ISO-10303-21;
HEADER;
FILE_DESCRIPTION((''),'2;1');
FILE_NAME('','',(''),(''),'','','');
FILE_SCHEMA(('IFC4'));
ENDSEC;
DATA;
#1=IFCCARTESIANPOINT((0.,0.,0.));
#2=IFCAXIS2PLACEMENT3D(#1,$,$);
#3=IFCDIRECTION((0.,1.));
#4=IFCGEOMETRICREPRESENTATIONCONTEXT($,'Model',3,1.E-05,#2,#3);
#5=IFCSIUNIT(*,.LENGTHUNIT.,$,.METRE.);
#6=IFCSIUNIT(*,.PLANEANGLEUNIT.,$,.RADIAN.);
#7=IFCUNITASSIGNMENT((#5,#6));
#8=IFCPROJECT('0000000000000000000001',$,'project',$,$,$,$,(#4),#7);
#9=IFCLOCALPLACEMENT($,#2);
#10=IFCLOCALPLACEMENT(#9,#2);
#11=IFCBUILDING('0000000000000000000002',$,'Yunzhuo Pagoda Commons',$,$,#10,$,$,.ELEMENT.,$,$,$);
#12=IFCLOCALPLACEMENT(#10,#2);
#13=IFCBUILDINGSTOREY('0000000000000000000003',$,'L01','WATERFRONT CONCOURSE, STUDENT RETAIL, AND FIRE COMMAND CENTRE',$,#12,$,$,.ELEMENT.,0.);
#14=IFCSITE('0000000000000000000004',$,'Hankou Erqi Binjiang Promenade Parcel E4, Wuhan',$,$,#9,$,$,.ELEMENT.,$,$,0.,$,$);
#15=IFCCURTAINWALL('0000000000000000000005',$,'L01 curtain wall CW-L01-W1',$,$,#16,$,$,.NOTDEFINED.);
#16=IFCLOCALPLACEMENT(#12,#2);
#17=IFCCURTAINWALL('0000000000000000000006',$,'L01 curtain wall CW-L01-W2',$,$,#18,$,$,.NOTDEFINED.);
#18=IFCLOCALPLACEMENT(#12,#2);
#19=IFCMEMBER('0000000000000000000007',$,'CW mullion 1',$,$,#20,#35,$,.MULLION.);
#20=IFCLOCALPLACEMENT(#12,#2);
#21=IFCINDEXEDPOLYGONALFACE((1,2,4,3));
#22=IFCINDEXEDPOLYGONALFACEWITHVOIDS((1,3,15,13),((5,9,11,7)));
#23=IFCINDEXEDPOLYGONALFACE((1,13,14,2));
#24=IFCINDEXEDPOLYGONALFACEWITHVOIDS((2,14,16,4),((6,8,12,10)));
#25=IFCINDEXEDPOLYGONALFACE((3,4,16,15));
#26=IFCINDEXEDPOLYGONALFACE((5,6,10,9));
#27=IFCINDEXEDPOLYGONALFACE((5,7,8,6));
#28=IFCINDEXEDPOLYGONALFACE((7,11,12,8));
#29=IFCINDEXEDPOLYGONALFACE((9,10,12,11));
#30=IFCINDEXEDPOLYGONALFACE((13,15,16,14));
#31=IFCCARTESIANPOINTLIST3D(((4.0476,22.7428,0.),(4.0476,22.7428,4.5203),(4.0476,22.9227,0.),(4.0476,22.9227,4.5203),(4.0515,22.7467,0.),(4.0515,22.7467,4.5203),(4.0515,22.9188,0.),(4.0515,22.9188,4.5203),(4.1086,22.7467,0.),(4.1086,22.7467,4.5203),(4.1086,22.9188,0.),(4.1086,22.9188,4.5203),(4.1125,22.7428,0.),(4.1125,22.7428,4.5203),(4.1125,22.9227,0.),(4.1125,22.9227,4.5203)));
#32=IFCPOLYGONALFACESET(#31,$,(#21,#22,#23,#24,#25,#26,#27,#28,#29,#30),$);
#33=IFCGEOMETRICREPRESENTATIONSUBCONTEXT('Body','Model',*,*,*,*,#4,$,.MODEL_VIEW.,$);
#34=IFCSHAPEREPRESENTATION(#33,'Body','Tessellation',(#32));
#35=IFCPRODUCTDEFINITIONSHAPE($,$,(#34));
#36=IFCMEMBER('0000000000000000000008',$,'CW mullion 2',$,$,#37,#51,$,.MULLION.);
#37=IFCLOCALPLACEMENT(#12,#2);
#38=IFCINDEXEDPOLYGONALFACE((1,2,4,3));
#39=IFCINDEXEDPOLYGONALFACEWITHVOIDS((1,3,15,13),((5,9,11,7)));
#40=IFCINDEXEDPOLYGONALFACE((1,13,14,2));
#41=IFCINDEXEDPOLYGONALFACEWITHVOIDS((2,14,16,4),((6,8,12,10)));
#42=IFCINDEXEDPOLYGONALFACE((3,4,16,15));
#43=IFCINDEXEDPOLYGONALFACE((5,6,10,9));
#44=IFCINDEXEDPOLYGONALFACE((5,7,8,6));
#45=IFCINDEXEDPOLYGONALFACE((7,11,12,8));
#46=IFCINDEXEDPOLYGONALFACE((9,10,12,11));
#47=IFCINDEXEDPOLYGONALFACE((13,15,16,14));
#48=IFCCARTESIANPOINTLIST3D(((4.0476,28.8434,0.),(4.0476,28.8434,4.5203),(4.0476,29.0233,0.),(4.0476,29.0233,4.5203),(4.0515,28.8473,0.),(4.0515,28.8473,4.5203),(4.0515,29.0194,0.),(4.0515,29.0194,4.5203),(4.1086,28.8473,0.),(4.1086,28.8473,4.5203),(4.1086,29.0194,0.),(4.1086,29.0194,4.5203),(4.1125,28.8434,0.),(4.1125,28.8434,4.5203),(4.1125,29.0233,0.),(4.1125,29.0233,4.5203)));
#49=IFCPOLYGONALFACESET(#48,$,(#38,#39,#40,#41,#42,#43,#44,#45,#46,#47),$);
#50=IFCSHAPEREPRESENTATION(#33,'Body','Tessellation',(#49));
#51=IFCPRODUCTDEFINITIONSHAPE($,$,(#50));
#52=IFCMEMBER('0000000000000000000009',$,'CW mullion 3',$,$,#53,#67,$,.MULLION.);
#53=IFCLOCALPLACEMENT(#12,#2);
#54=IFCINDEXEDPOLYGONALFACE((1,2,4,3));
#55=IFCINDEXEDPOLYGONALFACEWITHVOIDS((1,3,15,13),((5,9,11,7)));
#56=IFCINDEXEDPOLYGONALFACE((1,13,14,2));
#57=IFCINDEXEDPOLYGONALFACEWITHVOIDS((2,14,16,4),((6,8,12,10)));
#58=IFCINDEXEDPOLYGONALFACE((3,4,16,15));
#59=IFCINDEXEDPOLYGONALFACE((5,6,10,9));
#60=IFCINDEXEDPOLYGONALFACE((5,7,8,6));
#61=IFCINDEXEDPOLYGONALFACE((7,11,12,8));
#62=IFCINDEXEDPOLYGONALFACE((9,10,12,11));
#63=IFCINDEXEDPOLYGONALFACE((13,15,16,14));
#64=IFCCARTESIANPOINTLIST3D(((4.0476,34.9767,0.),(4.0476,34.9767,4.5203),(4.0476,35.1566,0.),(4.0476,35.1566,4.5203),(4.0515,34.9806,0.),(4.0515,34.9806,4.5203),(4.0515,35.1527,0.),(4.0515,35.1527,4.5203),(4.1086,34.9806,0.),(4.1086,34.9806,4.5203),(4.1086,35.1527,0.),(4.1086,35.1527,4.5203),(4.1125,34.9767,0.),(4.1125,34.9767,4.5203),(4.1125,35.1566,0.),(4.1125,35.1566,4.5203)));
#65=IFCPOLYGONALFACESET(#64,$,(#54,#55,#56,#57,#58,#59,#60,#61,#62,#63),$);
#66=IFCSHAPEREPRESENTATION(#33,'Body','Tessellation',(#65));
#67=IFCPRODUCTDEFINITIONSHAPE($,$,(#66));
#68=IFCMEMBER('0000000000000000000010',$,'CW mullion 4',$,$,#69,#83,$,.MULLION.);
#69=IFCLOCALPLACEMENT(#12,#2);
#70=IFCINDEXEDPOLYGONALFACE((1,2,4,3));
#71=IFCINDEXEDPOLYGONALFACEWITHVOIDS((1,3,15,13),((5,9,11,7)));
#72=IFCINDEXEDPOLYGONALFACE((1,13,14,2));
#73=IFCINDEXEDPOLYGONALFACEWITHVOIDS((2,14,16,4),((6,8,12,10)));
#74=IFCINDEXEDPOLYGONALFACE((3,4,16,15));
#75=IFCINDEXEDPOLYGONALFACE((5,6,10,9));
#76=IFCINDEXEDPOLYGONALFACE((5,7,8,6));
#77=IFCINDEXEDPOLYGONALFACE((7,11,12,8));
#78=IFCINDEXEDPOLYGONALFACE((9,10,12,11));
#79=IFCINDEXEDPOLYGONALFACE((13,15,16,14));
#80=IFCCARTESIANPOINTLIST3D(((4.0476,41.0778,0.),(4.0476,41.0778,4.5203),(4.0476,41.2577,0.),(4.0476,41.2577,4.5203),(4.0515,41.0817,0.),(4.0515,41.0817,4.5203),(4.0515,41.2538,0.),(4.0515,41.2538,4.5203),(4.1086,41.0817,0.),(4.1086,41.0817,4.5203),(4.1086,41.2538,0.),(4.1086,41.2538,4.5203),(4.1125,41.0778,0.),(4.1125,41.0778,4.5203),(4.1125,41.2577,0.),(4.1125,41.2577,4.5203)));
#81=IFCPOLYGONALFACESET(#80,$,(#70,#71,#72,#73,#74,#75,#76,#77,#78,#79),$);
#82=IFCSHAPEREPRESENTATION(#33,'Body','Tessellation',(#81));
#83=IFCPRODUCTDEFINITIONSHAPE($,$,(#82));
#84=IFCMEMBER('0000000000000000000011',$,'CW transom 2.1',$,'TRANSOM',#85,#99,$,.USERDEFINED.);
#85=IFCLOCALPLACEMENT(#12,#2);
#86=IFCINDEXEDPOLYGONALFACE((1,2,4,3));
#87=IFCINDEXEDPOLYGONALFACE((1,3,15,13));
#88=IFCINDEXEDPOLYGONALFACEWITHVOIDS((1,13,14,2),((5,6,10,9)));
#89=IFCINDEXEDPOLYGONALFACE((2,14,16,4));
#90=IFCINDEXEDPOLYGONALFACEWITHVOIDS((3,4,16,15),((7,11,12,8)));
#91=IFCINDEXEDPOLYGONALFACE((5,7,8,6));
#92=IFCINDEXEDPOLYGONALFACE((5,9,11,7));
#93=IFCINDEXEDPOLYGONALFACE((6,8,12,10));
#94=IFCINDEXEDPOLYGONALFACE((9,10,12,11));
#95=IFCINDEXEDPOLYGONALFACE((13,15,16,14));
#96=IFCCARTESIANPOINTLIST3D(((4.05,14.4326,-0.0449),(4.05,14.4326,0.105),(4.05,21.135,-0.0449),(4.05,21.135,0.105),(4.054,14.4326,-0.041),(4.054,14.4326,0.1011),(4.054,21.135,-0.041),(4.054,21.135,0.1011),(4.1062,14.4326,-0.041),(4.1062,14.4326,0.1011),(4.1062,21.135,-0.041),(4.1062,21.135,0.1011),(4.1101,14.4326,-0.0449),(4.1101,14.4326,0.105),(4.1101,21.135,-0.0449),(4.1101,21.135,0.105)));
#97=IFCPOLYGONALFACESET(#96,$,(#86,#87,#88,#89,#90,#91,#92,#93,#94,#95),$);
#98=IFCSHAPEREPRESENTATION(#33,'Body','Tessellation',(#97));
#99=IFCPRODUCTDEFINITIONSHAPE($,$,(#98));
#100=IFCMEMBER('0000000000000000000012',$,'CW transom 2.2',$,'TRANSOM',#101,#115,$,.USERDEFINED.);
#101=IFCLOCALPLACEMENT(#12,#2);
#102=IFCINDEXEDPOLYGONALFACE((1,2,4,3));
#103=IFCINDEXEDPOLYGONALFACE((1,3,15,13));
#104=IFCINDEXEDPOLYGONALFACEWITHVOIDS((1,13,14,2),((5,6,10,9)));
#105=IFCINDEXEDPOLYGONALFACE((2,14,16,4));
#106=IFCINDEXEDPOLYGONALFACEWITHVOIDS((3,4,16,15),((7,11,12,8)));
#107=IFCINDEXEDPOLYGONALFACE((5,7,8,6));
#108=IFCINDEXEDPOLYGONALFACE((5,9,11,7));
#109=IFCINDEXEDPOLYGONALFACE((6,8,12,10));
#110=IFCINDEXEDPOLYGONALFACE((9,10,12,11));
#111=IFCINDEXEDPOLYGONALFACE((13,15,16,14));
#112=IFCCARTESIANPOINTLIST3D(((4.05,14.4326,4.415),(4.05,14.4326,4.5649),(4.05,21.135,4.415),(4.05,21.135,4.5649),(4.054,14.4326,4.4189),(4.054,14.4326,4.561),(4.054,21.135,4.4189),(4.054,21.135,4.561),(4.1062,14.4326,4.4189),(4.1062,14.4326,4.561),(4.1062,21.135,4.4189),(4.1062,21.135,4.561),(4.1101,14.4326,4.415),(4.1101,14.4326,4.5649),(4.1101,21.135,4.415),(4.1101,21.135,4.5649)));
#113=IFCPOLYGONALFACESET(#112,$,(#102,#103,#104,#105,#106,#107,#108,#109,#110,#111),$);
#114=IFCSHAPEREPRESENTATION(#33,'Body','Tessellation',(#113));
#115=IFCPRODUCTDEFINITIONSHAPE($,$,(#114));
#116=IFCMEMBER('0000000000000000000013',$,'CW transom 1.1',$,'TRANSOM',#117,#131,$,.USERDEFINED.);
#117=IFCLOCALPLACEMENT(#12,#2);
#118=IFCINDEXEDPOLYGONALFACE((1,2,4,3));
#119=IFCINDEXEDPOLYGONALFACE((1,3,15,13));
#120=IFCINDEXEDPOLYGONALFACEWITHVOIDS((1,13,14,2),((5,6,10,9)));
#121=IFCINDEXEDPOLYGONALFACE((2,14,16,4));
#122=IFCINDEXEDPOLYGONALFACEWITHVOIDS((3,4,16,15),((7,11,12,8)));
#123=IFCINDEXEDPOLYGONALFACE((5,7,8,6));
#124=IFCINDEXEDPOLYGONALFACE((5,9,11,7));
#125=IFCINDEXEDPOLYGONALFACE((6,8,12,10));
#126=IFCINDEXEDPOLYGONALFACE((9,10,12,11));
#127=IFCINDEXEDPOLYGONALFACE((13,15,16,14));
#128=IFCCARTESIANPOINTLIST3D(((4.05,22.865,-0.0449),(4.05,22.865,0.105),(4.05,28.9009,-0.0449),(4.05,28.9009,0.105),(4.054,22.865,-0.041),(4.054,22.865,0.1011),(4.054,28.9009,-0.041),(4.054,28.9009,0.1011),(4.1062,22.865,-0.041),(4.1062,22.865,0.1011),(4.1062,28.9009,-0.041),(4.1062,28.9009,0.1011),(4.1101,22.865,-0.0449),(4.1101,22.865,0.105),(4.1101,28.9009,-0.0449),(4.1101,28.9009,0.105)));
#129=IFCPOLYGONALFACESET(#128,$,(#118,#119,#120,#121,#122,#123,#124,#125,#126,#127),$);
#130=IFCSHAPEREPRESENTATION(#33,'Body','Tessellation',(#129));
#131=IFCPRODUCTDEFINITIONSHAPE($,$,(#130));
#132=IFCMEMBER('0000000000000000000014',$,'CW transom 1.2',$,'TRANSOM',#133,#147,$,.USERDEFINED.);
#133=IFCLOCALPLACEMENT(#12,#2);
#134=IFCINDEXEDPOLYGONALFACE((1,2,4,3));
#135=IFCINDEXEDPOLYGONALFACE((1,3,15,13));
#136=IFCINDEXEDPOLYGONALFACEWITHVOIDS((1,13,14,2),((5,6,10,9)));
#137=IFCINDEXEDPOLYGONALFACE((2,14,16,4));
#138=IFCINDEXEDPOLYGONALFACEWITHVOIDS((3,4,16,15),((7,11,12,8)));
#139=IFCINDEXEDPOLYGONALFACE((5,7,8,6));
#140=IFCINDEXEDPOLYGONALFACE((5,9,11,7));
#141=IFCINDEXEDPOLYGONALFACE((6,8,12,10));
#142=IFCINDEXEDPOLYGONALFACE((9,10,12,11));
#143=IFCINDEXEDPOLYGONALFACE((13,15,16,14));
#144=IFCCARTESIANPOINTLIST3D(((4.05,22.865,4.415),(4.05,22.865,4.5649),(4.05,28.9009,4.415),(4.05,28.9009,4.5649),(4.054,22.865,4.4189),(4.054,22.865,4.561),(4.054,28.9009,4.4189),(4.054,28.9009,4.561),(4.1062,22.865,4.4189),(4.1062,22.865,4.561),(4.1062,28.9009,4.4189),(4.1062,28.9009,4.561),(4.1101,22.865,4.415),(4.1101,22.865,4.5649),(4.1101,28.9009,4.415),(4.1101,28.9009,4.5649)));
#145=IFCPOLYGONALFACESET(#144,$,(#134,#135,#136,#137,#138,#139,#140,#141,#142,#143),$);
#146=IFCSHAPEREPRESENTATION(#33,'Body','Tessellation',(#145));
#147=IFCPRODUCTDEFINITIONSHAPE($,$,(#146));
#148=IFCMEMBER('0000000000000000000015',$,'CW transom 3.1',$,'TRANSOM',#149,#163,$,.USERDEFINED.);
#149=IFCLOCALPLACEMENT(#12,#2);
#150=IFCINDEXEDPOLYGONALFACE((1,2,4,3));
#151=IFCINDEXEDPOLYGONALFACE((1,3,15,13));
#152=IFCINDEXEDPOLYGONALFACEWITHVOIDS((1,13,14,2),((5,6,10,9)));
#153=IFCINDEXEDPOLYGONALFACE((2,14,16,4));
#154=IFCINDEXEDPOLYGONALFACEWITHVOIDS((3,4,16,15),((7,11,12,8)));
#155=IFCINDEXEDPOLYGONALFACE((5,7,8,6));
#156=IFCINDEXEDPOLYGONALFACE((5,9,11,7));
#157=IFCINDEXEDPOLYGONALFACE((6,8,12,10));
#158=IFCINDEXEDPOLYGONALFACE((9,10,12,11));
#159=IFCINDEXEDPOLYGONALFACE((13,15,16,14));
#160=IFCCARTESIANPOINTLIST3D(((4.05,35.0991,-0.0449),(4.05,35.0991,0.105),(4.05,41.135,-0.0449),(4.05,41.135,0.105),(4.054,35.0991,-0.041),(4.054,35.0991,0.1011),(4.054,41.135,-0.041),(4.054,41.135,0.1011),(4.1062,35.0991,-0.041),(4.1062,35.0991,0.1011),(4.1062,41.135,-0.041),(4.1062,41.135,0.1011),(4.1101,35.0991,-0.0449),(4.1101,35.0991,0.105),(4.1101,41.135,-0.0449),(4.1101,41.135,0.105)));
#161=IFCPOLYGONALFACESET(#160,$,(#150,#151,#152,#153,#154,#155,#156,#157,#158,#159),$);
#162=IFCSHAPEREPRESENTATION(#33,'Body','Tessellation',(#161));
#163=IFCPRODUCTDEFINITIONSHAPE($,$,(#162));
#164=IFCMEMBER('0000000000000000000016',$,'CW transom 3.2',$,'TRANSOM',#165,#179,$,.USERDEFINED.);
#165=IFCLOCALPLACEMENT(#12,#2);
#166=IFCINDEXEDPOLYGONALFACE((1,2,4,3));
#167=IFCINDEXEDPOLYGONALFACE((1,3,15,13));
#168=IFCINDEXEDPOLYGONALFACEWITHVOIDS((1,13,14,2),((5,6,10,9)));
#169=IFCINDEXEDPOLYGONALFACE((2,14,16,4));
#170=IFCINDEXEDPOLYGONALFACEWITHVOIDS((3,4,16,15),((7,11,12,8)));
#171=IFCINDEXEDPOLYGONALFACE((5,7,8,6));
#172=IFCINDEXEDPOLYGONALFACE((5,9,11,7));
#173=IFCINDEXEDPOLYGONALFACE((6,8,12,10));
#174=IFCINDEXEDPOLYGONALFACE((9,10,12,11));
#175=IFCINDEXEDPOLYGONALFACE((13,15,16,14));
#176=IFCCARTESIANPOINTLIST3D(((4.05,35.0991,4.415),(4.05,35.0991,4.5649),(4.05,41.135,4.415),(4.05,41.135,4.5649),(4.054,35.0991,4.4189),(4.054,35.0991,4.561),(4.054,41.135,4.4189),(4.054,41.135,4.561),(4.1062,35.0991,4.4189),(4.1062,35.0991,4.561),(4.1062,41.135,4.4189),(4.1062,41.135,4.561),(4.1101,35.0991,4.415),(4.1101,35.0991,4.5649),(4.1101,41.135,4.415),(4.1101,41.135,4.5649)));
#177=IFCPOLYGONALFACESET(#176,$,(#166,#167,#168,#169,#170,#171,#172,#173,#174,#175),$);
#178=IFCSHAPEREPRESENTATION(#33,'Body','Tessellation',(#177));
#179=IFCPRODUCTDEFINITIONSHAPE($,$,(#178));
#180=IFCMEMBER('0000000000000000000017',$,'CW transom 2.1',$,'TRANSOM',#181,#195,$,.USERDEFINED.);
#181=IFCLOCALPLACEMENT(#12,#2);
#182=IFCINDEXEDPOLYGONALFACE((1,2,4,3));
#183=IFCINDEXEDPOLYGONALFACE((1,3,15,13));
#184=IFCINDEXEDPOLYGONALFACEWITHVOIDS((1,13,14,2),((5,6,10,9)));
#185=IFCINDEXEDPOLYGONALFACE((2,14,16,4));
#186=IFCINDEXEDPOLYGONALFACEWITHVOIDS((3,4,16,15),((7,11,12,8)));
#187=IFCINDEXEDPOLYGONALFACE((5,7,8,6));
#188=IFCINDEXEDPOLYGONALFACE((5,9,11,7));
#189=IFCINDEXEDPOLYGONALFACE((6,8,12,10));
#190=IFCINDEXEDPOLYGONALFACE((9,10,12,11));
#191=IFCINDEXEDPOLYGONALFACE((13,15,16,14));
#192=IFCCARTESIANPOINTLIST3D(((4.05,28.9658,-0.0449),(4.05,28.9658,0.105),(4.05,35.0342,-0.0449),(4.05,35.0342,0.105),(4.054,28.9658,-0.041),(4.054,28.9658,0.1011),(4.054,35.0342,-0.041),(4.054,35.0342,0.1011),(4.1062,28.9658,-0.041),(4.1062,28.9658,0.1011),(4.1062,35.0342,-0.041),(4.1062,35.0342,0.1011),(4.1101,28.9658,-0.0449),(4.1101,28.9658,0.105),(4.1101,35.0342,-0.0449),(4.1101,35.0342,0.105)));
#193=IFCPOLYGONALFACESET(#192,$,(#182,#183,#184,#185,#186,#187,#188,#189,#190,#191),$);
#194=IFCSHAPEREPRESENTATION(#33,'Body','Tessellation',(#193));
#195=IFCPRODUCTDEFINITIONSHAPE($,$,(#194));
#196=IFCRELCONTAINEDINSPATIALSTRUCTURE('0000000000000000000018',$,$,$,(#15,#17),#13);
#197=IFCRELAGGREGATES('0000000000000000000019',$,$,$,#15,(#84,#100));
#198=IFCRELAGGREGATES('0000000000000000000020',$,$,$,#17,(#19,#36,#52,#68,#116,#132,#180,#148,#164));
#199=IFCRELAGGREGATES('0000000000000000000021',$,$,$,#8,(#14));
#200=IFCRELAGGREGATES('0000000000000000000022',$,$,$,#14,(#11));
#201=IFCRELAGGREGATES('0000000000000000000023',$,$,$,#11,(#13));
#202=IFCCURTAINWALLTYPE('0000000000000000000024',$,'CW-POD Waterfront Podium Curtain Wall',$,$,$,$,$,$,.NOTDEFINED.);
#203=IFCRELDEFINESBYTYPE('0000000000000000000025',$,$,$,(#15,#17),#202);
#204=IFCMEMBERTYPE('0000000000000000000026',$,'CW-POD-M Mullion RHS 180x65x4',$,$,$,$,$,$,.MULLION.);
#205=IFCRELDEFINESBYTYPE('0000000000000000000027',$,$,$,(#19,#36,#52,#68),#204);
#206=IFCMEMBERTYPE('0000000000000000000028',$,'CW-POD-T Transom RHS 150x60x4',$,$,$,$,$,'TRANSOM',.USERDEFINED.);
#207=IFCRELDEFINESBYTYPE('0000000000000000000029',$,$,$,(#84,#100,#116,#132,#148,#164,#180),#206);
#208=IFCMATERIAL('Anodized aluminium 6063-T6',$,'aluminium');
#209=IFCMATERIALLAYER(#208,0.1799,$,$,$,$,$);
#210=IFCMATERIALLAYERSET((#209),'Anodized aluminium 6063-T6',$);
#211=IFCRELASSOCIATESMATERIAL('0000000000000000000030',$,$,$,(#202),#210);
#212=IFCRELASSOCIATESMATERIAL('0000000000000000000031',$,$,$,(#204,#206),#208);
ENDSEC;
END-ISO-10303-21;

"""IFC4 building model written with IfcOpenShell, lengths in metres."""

from ifc_helpers import new_model, si_unit, direction, frame, origin, origin_2d, place, context, subcontext, project, spatial, hollow_rectangle, extrude, source, transform, mapped, material, layer, layer_set, material_profile, profile_set, type_object, element, aggregate, save


model = new_model("IFC4")

# Units and contexts
model_context = context("Model", 3, precision=1e-05, world=origin(), true_north=direction((0.0, 1.0)))
body_context = subcontext(model_context, "Body", "Model", "MODEL_VIEW")
ifc_project = project(units=[si_unit("LENGTHUNIT", "METRE"), si_unit("PLANEANGLEUNIT", "RADIAN")], contexts=[model_context])

# Site, building, storey
site_placement = place(None, origin())
site = spatial("IfcSite", under=ifc_project, at=site_placement, Name="Hankou Erqi Binjiang Promenade Parcel E4, Wuhan", CompositionType="ELEMENT", RefElevation=0.0)
building_placement = place(site_placement, origin())
building = spatial("IfcBuilding", under=site, at=building_placement, Name="Yunzhuo Pagoda Commons", CompositionType="ELEMENT")
storey_placement = place(building_placement, origin())
storey = spatial("IfcBuildingStorey", under=building, at=storey_placement, Name="L01", Description="WATERFRONT CONCOURSE, STUDENT RETAIL, AND FIRE COMMAND CENTRE", CompositionType="ELEMENT", Elevation=0.0)

# Curtain walls, members
ifc_material_1 = material(Name="Anodized aluminium 6063-T6", Category="aluminium")
ifc_layer_1 = layer(ifc_material_1, 0.1799)
ifc_layer_set_1 = layer_set([ifc_layer_1], Name="Anodized aluminium 6063-T6")
curtain_wall_type = type_object("IfcCurtainWallType", Name="CW-POD Waterfront Podium Curtain Wall", PredefinedType="NOTDEFINED", material=ifc_layer_set_1)
curtain_wall_1_placement = place(storey_placement, origin())
curtain_wall_1 = element("IfcCurtainWall", 1, at=curtain_wall_1_placement, inside=storey, type_object=curtain_wall_type, Name="L01 curtain wall CW-L01-W1", PredefinedType="NOTDEFINED")
ifc_material_profile_1 = material_profile(ifc_material_1, hollow_rectangle(XDim=0.0649, YDim=0.1799, WallThickness=0.0039, at=origin_2d()), Name="Anodized aluminium 6063-T6")
ifc_profile_set_1 = profile_set([ifc_material_profile_1], Name="Anodized aluminium 6063-T6")
member_type_1 = type_object("IfcMemberType", Name="CW-POD-M Mullion RHS 180x65x4", PredefinedType="MULLION", material=ifc_profile_set_1)
shared_shape_1 = source(origin(), body_context, "Body", "SweptSolid", [
    extrude(hollow_rectangle(XDim=0.0649, YDim=0.1799, WallThickness=0.0039, at=origin_2d()), origin(), (0.0, 0.0, 1.0), 4.5203),
])
curtain_wall_2_placement = place(storey_placement, origin())
curtain_wall_2 = element("IfcCurtainWall", 2, at=curtain_wall_2_placement, inside=storey, type_object=curtain_wall_type, Name="L01 curtain wall CW-L01-W2", PredefinedType="NOTDEFINED")
member_1_placement = place(storey_placement, frame((4.0801, 22.8328, 0.0), z_axis=(0.0, 0.0, 1.0), x_axis=(-1.0, 0.0, 0.0)))
member_1 = element("IfcMember", 3, at=member_1_placement, type_object=member_type_1, Name="CW mullion 1", PredefinedType="MULLION", context=body_context, shape_type="MappedRepresentation", body=[
    mapped(shared_shape_1, transform((0.0, 0.0, 0.0), scale=1.0)),
])
member_2_placement = place(storey_placement, frame((4.0801, 28.9333, 0.0), z_axis=(0.0, 0.0, 1.0), x_axis=(-1.0, 0.0, 0.0)))
member_2 = element("IfcMember", 4, at=member_2_placement, type_object=member_type_1, Name="CW mullion 2", PredefinedType="MULLION", context=body_context, shape_type="MappedRepresentation", body=[
    mapped(shared_shape_1, transform((0.0, 0.0, 0.0), scale=1.0)),
])
member_3_placement = place(storey_placement, frame((4.0801, 35.0667, 0.0), z_axis=(0.0, 0.0, 1.0), x_axis=(-1.0, 0.0, 0.0)))
member_3 = element("IfcMember", 5, at=member_3_placement, type_object=member_type_1, Name="CW mullion 3", PredefinedType="MULLION", context=body_context, shape_type="MappedRepresentation", body=[
    mapped(shared_shape_1, transform((0.0, 0.0, 0.0), scale=1.0)),
])
member_4_placement = place(storey_placement, frame((4.0801, 41.1677, 0.0), z_axis=(0.0, 0.0, 1.0), x_axis=(-1.0, 0.0, 0.0)))
member_4 = element("IfcMember", 6, at=member_4_placement, type_object=member_type_1, Name="CW mullion 4", PredefinedType="MULLION", context=body_context, shape_type="MappedRepresentation", body=[
    mapped(shared_shape_1, transform((0.0, 0.0, 0.0), scale=1.0)),
])

# Members
ifc_material_profile_2 = material_profile(ifc_material_1, hollow_rectangle(XDim=0.0601, YDim=0.1499, WallThickness=0.0039, at=origin_2d()), Name="Anodized aluminium 6063-T6")
ifc_profile_set_2 = profile_set([ifc_material_profile_2], Name="Anodized aluminium 6063-T6")
member_type_2 = type_object("IfcMemberType", Name="CW-POD-T Transom RHS 150x60x4", ElementType="TRANSOM", PredefinedType="USERDEFINED", material=ifc_profile_set_2)
shared_shape_2 = source(origin(), body_context, "Body", "SweptSolid", [
    extrude(hollow_rectangle(XDim=0.0601, YDim=0.1499, WallThickness=0.0039, at=origin_2d()), origin(), (0.0, 0.0, 1.0), 6.7024),
])
member_5_placement = place(storey_placement, frame((4.0801, 14.4326, 0.03), z_axis=(0.0, 1.0, 0.0), x_axis=(-1.0, 0.0, 0.0)))
member_5 = element("IfcMember", 7, at=member_5_placement, type_object=member_type_2, Name="CW transom 2.1", ObjectType="TRANSOM", PredefinedType="USERDEFINED", context=body_context, shape_type="MappedRepresentation", body=[
    mapped(shared_shape_2, transform((0.0, 0.0, 0.0), scale=1.0)),
])
member_6_placement = place(storey_placement, frame((4.0801, 14.4326, 4.49), z_axis=(0.0, 1.0, 0.0), x_axis=(-1.0, 0.0, 0.0)))
member_6 = element("IfcMember", 8, at=member_6_placement, type_object=member_type_2, Name="CW transom 2.2", ObjectType="TRANSOM", PredefinedType="USERDEFINED", context=body_context, shape_type="MappedRepresentation", body=[
    mapped(shared_shape_2, transform((0.0, 0.0, 0.0), scale=1.0)),
])
shared_shape_3 = source(origin(), body_context, "Body", "SweptSolid", [
    extrude(hollow_rectangle(XDim=0.0601, YDim=0.1499, WallThickness=0.0039, at=origin_2d()), origin(), (0.0, 0.0, 1.0), 6.0359),
])
member_7_placement = place(storey_placement, frame((4.0801, 22.865, 0.03), z_axis=(0.0, 1.0, 0.0), x_axis=(-1.0, 0.0, 0.0)))
member_7 = element("IfcMember", 9, at=member_7_placement, type_object=member_type_2, Name="CW transom 1.1", ObjectType="TRANSOM", PredefinedType="USERDEFINED", context=body_context, shape_type="MappedRepresentation", body=[
    mapped(shared_shape_3, transform((0.0, 0.0, 0.0), scale=1.0)),
])
member_8_placement = place(storey_placement, frame((4.0801, 22.865, 4.49), z_axis=(0.0, 1.0, 0.0), x_axis=(-1.0, 0.0, 0.0)))
member_8 = element("IfcMember", 10, at=member_8_placement, type_object=member_type_2, Name="CW transom 1.2", ObjectType="TRANSOM", PredefinedType="USERDEFINED", context=body_context, shape_type="MappedRepresentation", body=[
    mapped(shared_shape_3, transform((0.0, 0.0, 0.0), scale=1.0)),
])
member_9_placement = place(storey_placement, frame((4.0801, 35.0991, 0.03), z_axis=(0.0, 1.0, 0.0), x_axis=(-1.0, 0.0, 0.0)))
member_9 = element("IfcMember", 11, at=member_9_placement, type_object=member_type_2, Name="CW transom 3.1", ObjectType="TRANSOM", PredefinedType="USERDEFINED", context=body_context, shape_type="MappedRepresentation", body=[
    mapped(shared_shape_3, transform((0.0, 0.0, 0.0), scale=1.0)),
])
member_10_placement = place(storey_placement, frame((4.0801, 35.0991, 4.49), z_axis=(0.0, 1.0, 0.0), x_axis=(-1.0, 0.0, 0.0)))
member_10 = element("IfcMember", 12, at=member_10_placement, type_object=member_type_2, Name="CW transom 3.2", ObjectType="TRANSOM", PredefinedType="USERDEFINED", context=body_context, shape_type="MappedRepresentation", body=[
    mapped(shared_shape_3, transform((0.0, 0.0, 0.0), scale=1.0)),
])
shared_shape_4 = source(origin(), body_context, "Body", "SweptSolid", [
    extrude(hollow_rectangle(XDim=0.0601, YDim=0.1499, WallThickness=0.0039, at=origin_2d()), origin(), (0.0, 0.0, 1.0), 6.0684),
])
member_11_placement = place(storey_placement, frame((4.0801, 28.9658, 0.03), z_axis=(0.0, 1.0, 0.0), x_axis=(-1.0, 0.0, 0.0)))
member_11 = element("IfcMember", 13, at=member_11_placement, type_object=member_type_2, Name="CW transom 2.1", ObjectType="TRANSOM", PredefinedType="USERDEFINED", context=body_context, shape_type="MappedRepresentation", body=[
    mapped(shared_shape_4, transform((0.0, 0.0, 0.0), scale=1.0)),
])

aggregate(curtain_wall_1, [member_5, member_6])
aggregate(curtain_wall_2, [member_1, member_2, member_3, member_4, member_7, member_8, member_11, member_9, member_10])

save(model, "model.ifc")
